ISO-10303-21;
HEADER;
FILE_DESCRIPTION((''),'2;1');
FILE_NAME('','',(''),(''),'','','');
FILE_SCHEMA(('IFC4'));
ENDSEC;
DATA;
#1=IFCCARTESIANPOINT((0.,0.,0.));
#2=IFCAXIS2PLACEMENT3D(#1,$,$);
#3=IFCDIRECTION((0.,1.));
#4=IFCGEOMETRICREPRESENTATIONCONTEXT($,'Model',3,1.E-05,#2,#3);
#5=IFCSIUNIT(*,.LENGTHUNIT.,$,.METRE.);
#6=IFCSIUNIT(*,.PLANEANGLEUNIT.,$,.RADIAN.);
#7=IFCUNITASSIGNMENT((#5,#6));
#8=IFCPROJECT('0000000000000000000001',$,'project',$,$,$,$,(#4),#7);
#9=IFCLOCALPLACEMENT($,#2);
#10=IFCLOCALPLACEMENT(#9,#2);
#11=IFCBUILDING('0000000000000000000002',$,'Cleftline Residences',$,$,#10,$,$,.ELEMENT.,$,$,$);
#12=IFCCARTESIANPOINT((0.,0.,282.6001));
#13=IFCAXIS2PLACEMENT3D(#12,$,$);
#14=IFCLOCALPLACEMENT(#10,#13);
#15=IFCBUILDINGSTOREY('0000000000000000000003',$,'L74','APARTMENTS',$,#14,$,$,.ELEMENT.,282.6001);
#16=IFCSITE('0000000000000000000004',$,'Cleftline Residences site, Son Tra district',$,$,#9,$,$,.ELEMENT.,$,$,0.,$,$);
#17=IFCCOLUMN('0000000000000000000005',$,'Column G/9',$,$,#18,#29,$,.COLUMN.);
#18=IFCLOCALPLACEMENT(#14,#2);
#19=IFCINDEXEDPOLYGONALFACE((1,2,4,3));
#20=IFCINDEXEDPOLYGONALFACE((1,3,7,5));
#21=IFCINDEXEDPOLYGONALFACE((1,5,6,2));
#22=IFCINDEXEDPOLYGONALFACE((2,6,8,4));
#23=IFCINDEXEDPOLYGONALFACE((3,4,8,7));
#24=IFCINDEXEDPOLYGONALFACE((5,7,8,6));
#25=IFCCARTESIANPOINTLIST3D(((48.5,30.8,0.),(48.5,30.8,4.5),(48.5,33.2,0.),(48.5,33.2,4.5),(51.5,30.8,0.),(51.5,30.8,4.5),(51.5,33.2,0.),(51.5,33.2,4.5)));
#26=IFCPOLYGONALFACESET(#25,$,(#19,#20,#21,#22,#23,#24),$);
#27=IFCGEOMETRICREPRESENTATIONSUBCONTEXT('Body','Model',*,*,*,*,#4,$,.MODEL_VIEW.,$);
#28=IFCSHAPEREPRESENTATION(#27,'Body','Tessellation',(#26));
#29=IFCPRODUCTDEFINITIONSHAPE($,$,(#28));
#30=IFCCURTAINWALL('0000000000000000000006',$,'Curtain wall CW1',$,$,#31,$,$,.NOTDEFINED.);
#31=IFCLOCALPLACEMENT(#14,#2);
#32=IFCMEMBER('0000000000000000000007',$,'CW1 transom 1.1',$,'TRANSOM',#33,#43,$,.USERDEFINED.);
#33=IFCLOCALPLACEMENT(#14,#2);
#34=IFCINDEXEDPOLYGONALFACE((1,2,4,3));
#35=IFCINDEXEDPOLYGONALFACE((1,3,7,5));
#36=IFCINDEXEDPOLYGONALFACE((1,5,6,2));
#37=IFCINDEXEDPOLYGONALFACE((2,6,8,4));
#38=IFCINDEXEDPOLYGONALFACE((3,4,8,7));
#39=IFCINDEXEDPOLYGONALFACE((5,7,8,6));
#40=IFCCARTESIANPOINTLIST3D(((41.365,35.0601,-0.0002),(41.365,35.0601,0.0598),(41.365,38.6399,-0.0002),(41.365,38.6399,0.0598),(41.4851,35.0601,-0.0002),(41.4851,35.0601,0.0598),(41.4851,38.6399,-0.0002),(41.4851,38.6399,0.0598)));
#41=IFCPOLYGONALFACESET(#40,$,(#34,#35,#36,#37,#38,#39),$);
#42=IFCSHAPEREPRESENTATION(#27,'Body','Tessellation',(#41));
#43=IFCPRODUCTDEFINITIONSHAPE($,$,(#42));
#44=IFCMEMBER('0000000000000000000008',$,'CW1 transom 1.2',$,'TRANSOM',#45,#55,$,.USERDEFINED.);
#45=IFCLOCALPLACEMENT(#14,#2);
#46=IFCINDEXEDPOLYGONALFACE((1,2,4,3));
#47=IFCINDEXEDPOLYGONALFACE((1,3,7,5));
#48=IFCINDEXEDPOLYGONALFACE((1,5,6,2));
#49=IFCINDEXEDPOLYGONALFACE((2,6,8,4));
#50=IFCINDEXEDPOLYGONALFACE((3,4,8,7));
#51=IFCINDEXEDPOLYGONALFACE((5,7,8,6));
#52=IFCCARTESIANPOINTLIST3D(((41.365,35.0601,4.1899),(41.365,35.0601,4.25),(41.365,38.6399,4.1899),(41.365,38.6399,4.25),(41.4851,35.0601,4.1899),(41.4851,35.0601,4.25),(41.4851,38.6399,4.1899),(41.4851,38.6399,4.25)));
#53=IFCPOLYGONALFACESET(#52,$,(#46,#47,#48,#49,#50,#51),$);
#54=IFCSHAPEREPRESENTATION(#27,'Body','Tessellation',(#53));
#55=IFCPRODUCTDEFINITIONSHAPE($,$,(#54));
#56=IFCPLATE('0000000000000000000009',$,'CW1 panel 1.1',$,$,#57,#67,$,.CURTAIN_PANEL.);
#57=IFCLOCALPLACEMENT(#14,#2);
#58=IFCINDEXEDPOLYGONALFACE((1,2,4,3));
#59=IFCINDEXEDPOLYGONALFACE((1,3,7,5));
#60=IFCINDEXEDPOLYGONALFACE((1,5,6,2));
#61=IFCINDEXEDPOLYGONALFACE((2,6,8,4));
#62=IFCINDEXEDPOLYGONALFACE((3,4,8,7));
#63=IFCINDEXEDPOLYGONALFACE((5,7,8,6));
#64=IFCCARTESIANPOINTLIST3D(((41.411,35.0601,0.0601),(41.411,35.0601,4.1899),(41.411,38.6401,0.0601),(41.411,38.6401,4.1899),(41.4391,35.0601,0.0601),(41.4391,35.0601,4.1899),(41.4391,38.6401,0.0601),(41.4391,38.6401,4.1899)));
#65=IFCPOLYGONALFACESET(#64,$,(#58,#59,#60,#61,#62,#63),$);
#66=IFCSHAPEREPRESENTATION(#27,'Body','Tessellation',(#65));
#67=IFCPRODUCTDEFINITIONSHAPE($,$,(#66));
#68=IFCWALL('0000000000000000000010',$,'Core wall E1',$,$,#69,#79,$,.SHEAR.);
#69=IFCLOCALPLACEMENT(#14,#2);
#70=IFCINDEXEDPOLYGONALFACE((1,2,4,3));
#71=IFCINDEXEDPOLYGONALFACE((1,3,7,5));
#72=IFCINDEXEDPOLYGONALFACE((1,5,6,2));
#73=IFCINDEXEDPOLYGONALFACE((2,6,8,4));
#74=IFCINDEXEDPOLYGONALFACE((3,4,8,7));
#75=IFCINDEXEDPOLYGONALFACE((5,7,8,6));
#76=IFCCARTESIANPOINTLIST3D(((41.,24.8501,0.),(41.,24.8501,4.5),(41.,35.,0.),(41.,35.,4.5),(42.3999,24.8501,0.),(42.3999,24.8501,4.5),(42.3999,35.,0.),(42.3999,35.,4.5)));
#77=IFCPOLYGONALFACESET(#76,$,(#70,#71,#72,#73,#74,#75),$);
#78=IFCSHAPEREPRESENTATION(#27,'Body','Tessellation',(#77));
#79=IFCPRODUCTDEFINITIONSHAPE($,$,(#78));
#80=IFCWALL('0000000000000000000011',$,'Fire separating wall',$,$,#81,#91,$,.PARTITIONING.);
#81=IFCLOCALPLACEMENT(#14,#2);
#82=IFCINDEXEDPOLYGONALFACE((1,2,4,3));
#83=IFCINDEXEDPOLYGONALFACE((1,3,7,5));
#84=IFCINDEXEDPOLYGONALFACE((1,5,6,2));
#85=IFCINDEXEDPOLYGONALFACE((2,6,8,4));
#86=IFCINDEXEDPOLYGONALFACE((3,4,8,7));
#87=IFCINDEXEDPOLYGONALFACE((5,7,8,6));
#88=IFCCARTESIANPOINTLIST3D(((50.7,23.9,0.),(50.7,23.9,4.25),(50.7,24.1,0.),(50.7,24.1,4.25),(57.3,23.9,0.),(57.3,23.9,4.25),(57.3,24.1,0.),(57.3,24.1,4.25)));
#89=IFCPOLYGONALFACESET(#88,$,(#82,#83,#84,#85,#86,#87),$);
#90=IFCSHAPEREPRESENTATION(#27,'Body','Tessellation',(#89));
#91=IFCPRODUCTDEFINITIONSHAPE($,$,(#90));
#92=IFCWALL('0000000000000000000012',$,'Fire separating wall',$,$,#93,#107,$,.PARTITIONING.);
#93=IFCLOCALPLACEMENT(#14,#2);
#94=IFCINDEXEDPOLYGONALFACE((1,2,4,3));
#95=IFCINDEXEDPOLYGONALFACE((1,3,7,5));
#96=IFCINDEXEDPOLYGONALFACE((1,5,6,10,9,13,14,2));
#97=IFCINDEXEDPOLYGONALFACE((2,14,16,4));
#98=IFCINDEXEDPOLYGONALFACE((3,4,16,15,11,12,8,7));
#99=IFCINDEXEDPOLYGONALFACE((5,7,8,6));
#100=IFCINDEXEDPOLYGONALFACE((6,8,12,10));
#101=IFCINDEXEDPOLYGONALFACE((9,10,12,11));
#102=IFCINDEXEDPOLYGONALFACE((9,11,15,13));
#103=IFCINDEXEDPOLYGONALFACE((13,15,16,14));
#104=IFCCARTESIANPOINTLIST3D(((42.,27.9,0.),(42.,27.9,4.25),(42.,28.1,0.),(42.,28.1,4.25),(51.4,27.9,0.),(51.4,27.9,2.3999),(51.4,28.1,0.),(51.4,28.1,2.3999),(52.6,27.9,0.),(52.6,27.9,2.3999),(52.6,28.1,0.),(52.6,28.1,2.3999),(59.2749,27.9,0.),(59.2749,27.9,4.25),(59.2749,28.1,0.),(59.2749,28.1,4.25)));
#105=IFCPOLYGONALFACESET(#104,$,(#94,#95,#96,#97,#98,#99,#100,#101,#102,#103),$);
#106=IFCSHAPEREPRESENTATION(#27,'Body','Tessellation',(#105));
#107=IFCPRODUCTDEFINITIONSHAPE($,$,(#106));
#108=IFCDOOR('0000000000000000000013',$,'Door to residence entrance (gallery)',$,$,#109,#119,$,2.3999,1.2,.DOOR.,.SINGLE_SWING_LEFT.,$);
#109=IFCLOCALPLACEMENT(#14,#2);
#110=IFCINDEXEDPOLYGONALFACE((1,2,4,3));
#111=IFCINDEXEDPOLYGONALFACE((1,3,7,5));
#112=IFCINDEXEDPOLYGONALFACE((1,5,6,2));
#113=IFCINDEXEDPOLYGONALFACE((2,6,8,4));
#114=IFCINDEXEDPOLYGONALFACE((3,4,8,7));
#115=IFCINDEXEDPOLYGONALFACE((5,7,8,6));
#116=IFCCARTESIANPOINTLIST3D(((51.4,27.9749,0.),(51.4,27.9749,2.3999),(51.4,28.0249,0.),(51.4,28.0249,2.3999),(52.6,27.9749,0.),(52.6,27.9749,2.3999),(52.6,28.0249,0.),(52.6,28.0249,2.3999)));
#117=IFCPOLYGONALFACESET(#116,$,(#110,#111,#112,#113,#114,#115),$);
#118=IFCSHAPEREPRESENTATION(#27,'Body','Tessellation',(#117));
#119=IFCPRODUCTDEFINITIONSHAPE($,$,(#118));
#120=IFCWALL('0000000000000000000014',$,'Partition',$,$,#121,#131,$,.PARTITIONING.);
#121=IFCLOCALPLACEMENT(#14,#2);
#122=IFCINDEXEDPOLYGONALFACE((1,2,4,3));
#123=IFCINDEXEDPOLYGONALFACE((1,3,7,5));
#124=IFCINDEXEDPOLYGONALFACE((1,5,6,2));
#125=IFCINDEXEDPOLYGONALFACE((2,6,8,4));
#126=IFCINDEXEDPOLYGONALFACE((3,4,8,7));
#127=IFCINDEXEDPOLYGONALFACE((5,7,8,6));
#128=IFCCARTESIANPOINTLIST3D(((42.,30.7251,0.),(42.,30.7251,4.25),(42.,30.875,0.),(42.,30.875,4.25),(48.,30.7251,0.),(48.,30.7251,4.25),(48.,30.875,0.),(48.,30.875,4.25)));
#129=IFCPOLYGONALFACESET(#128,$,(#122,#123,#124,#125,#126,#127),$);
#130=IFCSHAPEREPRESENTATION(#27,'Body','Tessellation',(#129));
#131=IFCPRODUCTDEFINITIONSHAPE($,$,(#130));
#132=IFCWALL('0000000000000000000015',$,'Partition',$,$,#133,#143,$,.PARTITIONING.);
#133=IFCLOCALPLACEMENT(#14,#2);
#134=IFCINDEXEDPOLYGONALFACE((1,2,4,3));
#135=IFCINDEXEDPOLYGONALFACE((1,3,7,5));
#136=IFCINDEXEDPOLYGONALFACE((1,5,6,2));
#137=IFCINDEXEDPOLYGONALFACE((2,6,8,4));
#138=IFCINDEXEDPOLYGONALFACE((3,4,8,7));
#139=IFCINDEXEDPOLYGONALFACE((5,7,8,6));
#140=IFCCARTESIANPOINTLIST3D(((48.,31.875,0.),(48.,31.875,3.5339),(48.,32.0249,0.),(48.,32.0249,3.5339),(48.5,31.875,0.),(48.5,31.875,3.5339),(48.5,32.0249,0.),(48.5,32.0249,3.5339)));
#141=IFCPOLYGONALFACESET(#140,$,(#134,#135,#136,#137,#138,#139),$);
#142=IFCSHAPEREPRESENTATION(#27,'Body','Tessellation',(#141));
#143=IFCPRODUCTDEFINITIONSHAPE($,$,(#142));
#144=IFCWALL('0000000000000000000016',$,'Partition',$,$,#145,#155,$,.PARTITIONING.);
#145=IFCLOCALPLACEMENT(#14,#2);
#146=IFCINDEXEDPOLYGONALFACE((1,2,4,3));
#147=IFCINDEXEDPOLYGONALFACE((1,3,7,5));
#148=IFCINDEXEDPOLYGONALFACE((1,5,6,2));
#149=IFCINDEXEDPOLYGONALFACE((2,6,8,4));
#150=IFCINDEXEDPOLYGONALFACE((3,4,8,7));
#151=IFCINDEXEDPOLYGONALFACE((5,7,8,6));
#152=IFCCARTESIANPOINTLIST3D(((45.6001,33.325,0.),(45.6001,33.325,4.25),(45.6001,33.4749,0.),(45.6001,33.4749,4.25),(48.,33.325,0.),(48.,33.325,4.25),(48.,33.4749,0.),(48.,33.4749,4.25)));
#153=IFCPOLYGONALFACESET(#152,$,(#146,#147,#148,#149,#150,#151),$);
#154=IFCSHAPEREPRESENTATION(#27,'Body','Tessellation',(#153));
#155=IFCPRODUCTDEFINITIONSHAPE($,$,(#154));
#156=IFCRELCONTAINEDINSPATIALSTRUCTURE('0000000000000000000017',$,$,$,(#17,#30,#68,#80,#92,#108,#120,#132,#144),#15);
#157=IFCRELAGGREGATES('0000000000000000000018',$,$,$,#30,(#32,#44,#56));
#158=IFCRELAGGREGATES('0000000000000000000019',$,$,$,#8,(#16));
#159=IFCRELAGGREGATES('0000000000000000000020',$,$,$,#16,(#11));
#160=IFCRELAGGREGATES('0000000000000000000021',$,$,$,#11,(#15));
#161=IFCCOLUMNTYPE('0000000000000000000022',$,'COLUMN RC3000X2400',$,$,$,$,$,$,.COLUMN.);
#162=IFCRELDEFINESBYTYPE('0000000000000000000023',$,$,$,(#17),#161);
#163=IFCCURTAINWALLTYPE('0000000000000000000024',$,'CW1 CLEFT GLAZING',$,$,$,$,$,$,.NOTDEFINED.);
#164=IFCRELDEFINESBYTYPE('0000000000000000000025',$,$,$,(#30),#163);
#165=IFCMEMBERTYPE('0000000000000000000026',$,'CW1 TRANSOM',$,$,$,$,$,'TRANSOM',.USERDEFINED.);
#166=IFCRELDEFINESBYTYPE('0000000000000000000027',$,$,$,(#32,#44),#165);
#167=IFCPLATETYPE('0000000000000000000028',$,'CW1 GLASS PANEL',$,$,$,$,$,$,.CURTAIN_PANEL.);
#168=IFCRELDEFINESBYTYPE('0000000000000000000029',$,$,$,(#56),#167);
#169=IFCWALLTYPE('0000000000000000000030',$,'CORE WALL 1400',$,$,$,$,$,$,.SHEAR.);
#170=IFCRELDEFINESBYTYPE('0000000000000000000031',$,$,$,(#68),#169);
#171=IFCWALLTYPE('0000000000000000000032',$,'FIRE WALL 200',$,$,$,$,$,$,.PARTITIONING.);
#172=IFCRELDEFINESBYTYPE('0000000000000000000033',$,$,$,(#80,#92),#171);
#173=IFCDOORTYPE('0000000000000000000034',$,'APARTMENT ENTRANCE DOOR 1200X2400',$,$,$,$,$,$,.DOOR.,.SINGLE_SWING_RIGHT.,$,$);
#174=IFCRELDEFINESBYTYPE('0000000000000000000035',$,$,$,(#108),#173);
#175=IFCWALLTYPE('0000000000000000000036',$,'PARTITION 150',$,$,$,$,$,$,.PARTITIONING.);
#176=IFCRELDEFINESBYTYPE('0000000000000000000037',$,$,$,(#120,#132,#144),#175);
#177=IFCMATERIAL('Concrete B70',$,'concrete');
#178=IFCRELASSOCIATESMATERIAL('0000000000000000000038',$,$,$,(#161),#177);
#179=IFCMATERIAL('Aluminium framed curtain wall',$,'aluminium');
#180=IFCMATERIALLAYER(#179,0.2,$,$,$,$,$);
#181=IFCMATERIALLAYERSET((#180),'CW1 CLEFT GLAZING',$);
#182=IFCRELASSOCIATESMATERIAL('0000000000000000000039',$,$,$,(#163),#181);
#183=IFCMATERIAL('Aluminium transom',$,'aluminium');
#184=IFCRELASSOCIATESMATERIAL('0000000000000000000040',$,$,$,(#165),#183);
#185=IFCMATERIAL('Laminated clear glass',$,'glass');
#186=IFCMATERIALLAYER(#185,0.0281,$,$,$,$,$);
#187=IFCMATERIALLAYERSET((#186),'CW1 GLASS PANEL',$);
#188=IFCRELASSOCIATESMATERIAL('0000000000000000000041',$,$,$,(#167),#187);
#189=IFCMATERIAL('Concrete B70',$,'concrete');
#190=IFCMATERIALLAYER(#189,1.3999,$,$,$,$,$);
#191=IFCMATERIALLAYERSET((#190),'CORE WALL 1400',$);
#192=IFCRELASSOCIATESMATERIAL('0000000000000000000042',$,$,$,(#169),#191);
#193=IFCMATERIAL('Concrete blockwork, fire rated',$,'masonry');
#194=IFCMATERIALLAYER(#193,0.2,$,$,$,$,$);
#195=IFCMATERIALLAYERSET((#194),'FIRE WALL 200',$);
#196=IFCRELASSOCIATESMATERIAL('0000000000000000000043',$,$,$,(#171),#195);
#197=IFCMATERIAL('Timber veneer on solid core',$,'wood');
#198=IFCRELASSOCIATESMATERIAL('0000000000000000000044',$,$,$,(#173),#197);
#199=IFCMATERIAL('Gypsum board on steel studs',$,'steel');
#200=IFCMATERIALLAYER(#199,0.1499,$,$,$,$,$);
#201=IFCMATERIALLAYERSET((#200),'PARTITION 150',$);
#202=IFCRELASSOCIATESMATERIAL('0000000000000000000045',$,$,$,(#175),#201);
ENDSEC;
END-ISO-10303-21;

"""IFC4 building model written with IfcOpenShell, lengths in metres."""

from ifc_helpers import new_model, si_unit, direction, frame, frame_2d, origin, origin_2d, place, context, subcontext, project, spatial, rectangle, extrude, material, layer, layer_set, material_profile, profile_set, type_object, element, fill, aggregate, save


model = new_model("IFC4")

# Units and contexts
model_context = context("Model", 3, precision=1e-05, world=origin(), true_north=direction((0.0, 1.0)))
body_context = subcontext(model_context, "Body", "Model", "MODEL_VIEW")
ifc_project = project(units=[si_unit("LENGTHUNIT", "METRE"), si_unit("PLANEANGLEUNIT", "RADIAN")], contexts=[model_context])

# Site, building, storey
site_placement = place(None, origin())
site = spatial("IfcSite", under=ifc_project, at=site_placement, Name="Cleftline Residences site, Son Tra district", CompositionType="ELEMENT", RefElevation=0.0)
building_placement = place(site_placement, origin())
building = spatial("IfcBuilding", under=site, at=building_placement, Name="Cleftline Residences", CompositionType="ELEMENT")
storey_placement = place(building_placement, frame((0.0, 0.0, 282.6001)))
storey = spatial("IfcBuildingStorey", under=building, at=storey_placement, Name="L74", Description="APARTMENTS", CompositionType="ELEMENT", Elevation=282.6001)

# Column
ifc_material_1 = material(Name="Concrete B70", Category="concrete")
ifc_material_profile_1 = material_profile(ifc_material_1, rectangle(XDim=3.0, YDim=2.3999, at=origin_2d()))
ifc_profile_set_1 = profile_set([ifc_material_profile_1], Name="Concrete B70")
column_type = type_object("IfcColumnType", Name="COLUMN RC3000X2400", PredefinedType="COLUMN", material=ifc_profile_set_1)
column_placement = place(storey_placement, frame((50.0, 32.0, 0.0), z_axis=(0.0, 0.0, 1.0), x_axis=(1.0, 0.0, 0.0)))
element("IfcColumn", 1, at=column_placement, inside=storey, type_object=column_type, Name="Column G/9", PredefinedType="COLUMN", context=body_context, shape_type="SweptSolid", body=[
    extrude(rectangle(XDim=3.0, YDim=2.3999, at=origin_2d()), origin(), (0.0, 0.0, 1.0), 4.5),
])

# Curtain wall, members, plate
ifc_material_2 = material(Name="Aluminium framed curtain wall", Category="aluminium")
ifc_layer_1 = layer(ifc_material_2, 0.2)
ifc_layer_set_1 = layer_set([ifc_layer_1], Name="CW1 CLEFT GLAZING")
curtain_wall_type = type_object("IfcCurtainWallType", Name="CW1 CLEFT GLAZING", PredefinedType="NOTDEFINED", material=ifc_layer_set_1)
curtain_wall_placement = place(storey_placement, origin())
curtain_wall = element("IfcCurtainWall", 2, at=curtain_wall_placement, inside=storey, type_object=curtain_wall_type, Name="Curtain wall CW1", PredefinedType="NOTDEFINED")
ifc_material_3 = material(Name="Aluminium transom", Category="aluminium")
ifc_material_profile_2 = material_profile(ifc_material_3, rectangle(XDim=0.1201, YDim=0.0601, at=origin_2d()))
ifc_profile_set_2 = profile_set([ifc_material_profile_2], Name="Aluminium transom")
member_type = type_object("IfcMemberType", Name="CW1 TRANSOM", ElementType="TRANSOM", PredefinedType="USERDEFINED", material=ifc_profile_set_2)
member_1_placement = place(storey_placement, frame((41.425, 38.6399, 0.0298), z_axis=(0.0, -1.0, 0.0), x_axis=(1.0, 0.0, 0.0)))
member_1 = element("IfcMember", 3, at=member_1_placement, type_object=member_type, Name="CW1 transom 1.1", ObjectType="TRANSOM", PredefinedType="USERDEFINED", context=body_context, shape_type="SweptSolid", body=[
    extrude(rectangle(XDim=0.1201, YDim=0.0601, at=origin_2d()), origin(), (0.0, 0.0, 1.0), 3.5798),
])
member_2_placement = place(storey_placement, frame((41.425, 38.6399, 4.22), z_axis=(0.0, -1.0, 0.0), x_axis=(1.0, 0.0, 0.0)))
member_2 = element("IfcMember", 4, at=member_2_placement, type_object=member_type, Name="CW1 transom 1.2", ObjectType="TRANSOM", PredefinedType="USERDEFINED", context=body_context, shape_type="SweptSolid", body=[
    extrude(rectangle(XDim=0.1201, YDim=0.0601, at=origin_2d()), origin(), (0.0, 0.0, 1.0), 3.5798),
])
ifc_material_4 = material(Name="Laminated clear glass", Category="glass")
ifc_layer_2 = layer(ifc_material_4, 0.0281)
ifc_layer_set_2 = layer_set([ifc_layer_2], Name="CW1 GLASS PANEL")
plate_type = type_object("IfcPlateType", Name="CW1 GLASS PANEL", PredefinedType="CURTAIN_PANEL", material=ifc_layer_set_2)
plate_placement = place(storey_placement, frame((41.425, 36.8501, 0.0601), z_axis=(0.0, 0.0, 1.0), x_axis=(0.0, -1.0, 0.0)))
plate = element("IfcPlate", 5, at=plate_placement, type_object=plate_type, Name="CW1 panel 1.1", PredefinedType="CURTAIN_PANEL", context=body_context, shape_type="SweptSolid", body=[
    extrude(rectangle(XDim=3.5801, YDim=0.0281, at=origin_2d()), origin(), (0.0, 0.0, 1.0), 4.1299),
])
aggregate(curtain_wall, [member_1, member_2, plate])

# Walls
ifc_material_5 = material(Name="Concrete B70", Category="concrete")
ifc_layer_3 = layer(ifc_material_5, 1.3999)
ifc_layer_set_3 = layer_set([ifc_layer_3], Name="CORE WALL 1400")
wall_type_1 = type_object("IfcWallType", Name="CORE WALL 1400", PredefinedType="SHEAR", material=ifc_layer_set_3)
wall_1_placement = place(storey_placement, frame((41.7, 24.8501, 0.0), z_axis=(0.0, 0.0, 1.0), x_axis=(0.0, 1.0, 0.0)))
element("IfcWall", 6, at=wall_1_placement, inside=storey, type_object=wall_type_1, Name="Core wall E1", PredefinedType="SHEAR", context=body_context, shape_type="SweptSolid", body=[
    extrude(rectangle(XDim=10.1499, YDim=1.3999, at=frame_2d((5.075, 0.0))), origin(), (0.0, 0.0, 1.0), 4.5),
])
ifc_material_6 = material(Name="Concrete blockwork, fire rated", Category="masonry")
ifc_layer_4 = layer(ifc_material_6, 0.2)
ifc_layer_set_4 = layer_set([ifc_layer_4], Name="FIRE WALL 200")
wall_type_2 = type_object("IfcWallType", Name="FIRE WALL 200", PredefinedType="PARTITIONING", material=ifc_layer_set_4)
wall_2_placement = place(storey_placement, frame((50.7, 24.0, 0.0), z_axis=(0.0, 0.0, 1.0), x_axis=(1.0, 0.0, 0.0)))
element("IfcWall", 7, at=wall_2_placement, inside=storey, type_object=wall_type_2, Name="Fire separating wall", PredefinedType="PARTITIONING", context=body_context, shape_type="SweptSolid", body=[
    extrude(rectangle(XDim=6.6001, YDim=0.2, at=frame_2d((3.3, 0.0))), origin(), (0.0, 0.0, 1.0), 4.25),
])

# Wall, opening, door
wall_3_placement = place(storey_placement, frame((42.0, 28.0, 0.0), z_axis=(0.0, 0.0, 1.0), x_axis=(1.0, 0.0, 0.0)))
wall_3 = element("IfcWall", 8, at=wall_3_placement, inside=storey, type_object=wall_type_2, Name="Fire separating wall", PredefinedType="PARTITIONING", context=body_context, shape_type="SweptSolid", body=[
    extrude(rectangle(XDim=17.2749, YDim=0.2, at=frame_2d((8.6375, 0.0))), origin(), (0.0, 0.0, 1.0), 4.25),
])
opening_1_placement = place(wall_3_placement, frame((9.3999, 0.0, 0.0)))
opening_1 = element("IfcOpeningElement", 9, at=opening_1_placement, cuts=wall_3, PredefinedType="OPENING", context=body_context, shape_type="SweptSolid", body=[
    extrude(rectangle(XDim=1.2, YDim=2.3999, at=frame_2d((0.6001, 1.2))), frame((0.0, 0.1099, 0.0), z_axis=(0.0, -1.0, 0.0), x_axis=(1.0, 0.0, 0.0)), (0.0, 0.0, 1.0), 0.22),
])
ifc_material_7 = material(Name="Timber veneer on solid core", Category="wood")
door_type_1 = type_object("IfcDoorType", Name="APARTMENT ENTRANCE DOOR 1200X2400", OperationType="SINGLE_SWING_RIGHT", PredefinedType="DOOR", material=ifc_material_7)
door_1_placement = place(opening_1_placement, origin())
door_1 = element("IfcDoor", 10, at=door_1_placement, inside=storey, type_object=door_type_1, Name="Door to residence entrance (gallery)", OperationType="SINGLE_SWING_LEFT", OverallHeight=2.3999, OverallWidth=1.2, PredefinedType="DOOR", context=body_context, shape_type="SweptSolid", body=[
    extrude(rectangle(XDim=1.2, YDim=2.3999, at=frame_2d((0.6001, 1.2))), frame((0.0, 0.0249, 0.0), z_axis=(0.0, -1.0, 0.0), x_axis=(1.0, 0.0, 0.0)), (0.0, 0.0, 1.0), 0.05),
])
fill(opening_1, door_1)

# Walls
ifc_material_8 = material(Name="Gypsum board on steel studs", Category="steel")
ifc_layer_5 = layer(ifc_material_8, 0.1499)
ifc_layer_set_5 = layer_set([ifc_layer_5], Name="PARTITION 150")
wall_type_3 = type_object("IfcWallType", Name="PARTITION 150", PredefinedType="PARTITIONING", material=ifc_layer_set_5)
wall_4_placement = place(storey_placement, frame((42.0, 30.8, 0.0), z_axis=(0.0, 0.0, 1.0), x_axis=(1.0, 0.0, 0.0)))
element("IfcWall", 11, at=wall_4_placement, inside=storey, type_object=wall_type_3, Name="Partition", PredefinedType="PARTITIONING", context=body_context, shape_type="SweptSolid", body=[
    extrude(rectangle(XDim=6.0, YDim=0.1499, at=frame_2d((3.0, 0.0))), origin(), (0.0, 0.0, 1.0), 4.25),
])
wall_5_placement = place(storey_placement, frame((48.0, 31.95, 0.0), z_axis=(0.0, 0.0, 1.0), x_axis=(1.0, 0.0, 0.0)))
element("IfcWall", 12, at=wall_5_placement, inside=storey, type_object=wall_type_3, Name="Partition", PredefinedType="PARTITIONING", context=body_context, shape_type="SweptSolid", body=[
    extrude(rectangle(XDim=0.5, YDim=0.1499, at=frame_2d((0.25, 0.0))), origin(), (0.0, 0.0, 1.0), 3.5339),
])
wall_6_placement = place(storey_placement, frame((45.6001, 33.3999, 0.0), z_axis=(0.0, 0.0, 1.0), x_axis=(1.0, 0.0, 0.0)))
element("IfcWall", 13, at=wall_6_placement, inside=storey, type_object=wall_type_3, Name="Partition", PredefinedType="PARTITIONING", context=body_context, shape_type="SweptSolid", body=[
    extrude(rectangle(XDim=2.3999, YDim=0.1499, at=frame_2d((1.2, 0.0))), origin(), (0.0, 0.0, 1.0), 4.25),
])

save(model, "model.ifc")
